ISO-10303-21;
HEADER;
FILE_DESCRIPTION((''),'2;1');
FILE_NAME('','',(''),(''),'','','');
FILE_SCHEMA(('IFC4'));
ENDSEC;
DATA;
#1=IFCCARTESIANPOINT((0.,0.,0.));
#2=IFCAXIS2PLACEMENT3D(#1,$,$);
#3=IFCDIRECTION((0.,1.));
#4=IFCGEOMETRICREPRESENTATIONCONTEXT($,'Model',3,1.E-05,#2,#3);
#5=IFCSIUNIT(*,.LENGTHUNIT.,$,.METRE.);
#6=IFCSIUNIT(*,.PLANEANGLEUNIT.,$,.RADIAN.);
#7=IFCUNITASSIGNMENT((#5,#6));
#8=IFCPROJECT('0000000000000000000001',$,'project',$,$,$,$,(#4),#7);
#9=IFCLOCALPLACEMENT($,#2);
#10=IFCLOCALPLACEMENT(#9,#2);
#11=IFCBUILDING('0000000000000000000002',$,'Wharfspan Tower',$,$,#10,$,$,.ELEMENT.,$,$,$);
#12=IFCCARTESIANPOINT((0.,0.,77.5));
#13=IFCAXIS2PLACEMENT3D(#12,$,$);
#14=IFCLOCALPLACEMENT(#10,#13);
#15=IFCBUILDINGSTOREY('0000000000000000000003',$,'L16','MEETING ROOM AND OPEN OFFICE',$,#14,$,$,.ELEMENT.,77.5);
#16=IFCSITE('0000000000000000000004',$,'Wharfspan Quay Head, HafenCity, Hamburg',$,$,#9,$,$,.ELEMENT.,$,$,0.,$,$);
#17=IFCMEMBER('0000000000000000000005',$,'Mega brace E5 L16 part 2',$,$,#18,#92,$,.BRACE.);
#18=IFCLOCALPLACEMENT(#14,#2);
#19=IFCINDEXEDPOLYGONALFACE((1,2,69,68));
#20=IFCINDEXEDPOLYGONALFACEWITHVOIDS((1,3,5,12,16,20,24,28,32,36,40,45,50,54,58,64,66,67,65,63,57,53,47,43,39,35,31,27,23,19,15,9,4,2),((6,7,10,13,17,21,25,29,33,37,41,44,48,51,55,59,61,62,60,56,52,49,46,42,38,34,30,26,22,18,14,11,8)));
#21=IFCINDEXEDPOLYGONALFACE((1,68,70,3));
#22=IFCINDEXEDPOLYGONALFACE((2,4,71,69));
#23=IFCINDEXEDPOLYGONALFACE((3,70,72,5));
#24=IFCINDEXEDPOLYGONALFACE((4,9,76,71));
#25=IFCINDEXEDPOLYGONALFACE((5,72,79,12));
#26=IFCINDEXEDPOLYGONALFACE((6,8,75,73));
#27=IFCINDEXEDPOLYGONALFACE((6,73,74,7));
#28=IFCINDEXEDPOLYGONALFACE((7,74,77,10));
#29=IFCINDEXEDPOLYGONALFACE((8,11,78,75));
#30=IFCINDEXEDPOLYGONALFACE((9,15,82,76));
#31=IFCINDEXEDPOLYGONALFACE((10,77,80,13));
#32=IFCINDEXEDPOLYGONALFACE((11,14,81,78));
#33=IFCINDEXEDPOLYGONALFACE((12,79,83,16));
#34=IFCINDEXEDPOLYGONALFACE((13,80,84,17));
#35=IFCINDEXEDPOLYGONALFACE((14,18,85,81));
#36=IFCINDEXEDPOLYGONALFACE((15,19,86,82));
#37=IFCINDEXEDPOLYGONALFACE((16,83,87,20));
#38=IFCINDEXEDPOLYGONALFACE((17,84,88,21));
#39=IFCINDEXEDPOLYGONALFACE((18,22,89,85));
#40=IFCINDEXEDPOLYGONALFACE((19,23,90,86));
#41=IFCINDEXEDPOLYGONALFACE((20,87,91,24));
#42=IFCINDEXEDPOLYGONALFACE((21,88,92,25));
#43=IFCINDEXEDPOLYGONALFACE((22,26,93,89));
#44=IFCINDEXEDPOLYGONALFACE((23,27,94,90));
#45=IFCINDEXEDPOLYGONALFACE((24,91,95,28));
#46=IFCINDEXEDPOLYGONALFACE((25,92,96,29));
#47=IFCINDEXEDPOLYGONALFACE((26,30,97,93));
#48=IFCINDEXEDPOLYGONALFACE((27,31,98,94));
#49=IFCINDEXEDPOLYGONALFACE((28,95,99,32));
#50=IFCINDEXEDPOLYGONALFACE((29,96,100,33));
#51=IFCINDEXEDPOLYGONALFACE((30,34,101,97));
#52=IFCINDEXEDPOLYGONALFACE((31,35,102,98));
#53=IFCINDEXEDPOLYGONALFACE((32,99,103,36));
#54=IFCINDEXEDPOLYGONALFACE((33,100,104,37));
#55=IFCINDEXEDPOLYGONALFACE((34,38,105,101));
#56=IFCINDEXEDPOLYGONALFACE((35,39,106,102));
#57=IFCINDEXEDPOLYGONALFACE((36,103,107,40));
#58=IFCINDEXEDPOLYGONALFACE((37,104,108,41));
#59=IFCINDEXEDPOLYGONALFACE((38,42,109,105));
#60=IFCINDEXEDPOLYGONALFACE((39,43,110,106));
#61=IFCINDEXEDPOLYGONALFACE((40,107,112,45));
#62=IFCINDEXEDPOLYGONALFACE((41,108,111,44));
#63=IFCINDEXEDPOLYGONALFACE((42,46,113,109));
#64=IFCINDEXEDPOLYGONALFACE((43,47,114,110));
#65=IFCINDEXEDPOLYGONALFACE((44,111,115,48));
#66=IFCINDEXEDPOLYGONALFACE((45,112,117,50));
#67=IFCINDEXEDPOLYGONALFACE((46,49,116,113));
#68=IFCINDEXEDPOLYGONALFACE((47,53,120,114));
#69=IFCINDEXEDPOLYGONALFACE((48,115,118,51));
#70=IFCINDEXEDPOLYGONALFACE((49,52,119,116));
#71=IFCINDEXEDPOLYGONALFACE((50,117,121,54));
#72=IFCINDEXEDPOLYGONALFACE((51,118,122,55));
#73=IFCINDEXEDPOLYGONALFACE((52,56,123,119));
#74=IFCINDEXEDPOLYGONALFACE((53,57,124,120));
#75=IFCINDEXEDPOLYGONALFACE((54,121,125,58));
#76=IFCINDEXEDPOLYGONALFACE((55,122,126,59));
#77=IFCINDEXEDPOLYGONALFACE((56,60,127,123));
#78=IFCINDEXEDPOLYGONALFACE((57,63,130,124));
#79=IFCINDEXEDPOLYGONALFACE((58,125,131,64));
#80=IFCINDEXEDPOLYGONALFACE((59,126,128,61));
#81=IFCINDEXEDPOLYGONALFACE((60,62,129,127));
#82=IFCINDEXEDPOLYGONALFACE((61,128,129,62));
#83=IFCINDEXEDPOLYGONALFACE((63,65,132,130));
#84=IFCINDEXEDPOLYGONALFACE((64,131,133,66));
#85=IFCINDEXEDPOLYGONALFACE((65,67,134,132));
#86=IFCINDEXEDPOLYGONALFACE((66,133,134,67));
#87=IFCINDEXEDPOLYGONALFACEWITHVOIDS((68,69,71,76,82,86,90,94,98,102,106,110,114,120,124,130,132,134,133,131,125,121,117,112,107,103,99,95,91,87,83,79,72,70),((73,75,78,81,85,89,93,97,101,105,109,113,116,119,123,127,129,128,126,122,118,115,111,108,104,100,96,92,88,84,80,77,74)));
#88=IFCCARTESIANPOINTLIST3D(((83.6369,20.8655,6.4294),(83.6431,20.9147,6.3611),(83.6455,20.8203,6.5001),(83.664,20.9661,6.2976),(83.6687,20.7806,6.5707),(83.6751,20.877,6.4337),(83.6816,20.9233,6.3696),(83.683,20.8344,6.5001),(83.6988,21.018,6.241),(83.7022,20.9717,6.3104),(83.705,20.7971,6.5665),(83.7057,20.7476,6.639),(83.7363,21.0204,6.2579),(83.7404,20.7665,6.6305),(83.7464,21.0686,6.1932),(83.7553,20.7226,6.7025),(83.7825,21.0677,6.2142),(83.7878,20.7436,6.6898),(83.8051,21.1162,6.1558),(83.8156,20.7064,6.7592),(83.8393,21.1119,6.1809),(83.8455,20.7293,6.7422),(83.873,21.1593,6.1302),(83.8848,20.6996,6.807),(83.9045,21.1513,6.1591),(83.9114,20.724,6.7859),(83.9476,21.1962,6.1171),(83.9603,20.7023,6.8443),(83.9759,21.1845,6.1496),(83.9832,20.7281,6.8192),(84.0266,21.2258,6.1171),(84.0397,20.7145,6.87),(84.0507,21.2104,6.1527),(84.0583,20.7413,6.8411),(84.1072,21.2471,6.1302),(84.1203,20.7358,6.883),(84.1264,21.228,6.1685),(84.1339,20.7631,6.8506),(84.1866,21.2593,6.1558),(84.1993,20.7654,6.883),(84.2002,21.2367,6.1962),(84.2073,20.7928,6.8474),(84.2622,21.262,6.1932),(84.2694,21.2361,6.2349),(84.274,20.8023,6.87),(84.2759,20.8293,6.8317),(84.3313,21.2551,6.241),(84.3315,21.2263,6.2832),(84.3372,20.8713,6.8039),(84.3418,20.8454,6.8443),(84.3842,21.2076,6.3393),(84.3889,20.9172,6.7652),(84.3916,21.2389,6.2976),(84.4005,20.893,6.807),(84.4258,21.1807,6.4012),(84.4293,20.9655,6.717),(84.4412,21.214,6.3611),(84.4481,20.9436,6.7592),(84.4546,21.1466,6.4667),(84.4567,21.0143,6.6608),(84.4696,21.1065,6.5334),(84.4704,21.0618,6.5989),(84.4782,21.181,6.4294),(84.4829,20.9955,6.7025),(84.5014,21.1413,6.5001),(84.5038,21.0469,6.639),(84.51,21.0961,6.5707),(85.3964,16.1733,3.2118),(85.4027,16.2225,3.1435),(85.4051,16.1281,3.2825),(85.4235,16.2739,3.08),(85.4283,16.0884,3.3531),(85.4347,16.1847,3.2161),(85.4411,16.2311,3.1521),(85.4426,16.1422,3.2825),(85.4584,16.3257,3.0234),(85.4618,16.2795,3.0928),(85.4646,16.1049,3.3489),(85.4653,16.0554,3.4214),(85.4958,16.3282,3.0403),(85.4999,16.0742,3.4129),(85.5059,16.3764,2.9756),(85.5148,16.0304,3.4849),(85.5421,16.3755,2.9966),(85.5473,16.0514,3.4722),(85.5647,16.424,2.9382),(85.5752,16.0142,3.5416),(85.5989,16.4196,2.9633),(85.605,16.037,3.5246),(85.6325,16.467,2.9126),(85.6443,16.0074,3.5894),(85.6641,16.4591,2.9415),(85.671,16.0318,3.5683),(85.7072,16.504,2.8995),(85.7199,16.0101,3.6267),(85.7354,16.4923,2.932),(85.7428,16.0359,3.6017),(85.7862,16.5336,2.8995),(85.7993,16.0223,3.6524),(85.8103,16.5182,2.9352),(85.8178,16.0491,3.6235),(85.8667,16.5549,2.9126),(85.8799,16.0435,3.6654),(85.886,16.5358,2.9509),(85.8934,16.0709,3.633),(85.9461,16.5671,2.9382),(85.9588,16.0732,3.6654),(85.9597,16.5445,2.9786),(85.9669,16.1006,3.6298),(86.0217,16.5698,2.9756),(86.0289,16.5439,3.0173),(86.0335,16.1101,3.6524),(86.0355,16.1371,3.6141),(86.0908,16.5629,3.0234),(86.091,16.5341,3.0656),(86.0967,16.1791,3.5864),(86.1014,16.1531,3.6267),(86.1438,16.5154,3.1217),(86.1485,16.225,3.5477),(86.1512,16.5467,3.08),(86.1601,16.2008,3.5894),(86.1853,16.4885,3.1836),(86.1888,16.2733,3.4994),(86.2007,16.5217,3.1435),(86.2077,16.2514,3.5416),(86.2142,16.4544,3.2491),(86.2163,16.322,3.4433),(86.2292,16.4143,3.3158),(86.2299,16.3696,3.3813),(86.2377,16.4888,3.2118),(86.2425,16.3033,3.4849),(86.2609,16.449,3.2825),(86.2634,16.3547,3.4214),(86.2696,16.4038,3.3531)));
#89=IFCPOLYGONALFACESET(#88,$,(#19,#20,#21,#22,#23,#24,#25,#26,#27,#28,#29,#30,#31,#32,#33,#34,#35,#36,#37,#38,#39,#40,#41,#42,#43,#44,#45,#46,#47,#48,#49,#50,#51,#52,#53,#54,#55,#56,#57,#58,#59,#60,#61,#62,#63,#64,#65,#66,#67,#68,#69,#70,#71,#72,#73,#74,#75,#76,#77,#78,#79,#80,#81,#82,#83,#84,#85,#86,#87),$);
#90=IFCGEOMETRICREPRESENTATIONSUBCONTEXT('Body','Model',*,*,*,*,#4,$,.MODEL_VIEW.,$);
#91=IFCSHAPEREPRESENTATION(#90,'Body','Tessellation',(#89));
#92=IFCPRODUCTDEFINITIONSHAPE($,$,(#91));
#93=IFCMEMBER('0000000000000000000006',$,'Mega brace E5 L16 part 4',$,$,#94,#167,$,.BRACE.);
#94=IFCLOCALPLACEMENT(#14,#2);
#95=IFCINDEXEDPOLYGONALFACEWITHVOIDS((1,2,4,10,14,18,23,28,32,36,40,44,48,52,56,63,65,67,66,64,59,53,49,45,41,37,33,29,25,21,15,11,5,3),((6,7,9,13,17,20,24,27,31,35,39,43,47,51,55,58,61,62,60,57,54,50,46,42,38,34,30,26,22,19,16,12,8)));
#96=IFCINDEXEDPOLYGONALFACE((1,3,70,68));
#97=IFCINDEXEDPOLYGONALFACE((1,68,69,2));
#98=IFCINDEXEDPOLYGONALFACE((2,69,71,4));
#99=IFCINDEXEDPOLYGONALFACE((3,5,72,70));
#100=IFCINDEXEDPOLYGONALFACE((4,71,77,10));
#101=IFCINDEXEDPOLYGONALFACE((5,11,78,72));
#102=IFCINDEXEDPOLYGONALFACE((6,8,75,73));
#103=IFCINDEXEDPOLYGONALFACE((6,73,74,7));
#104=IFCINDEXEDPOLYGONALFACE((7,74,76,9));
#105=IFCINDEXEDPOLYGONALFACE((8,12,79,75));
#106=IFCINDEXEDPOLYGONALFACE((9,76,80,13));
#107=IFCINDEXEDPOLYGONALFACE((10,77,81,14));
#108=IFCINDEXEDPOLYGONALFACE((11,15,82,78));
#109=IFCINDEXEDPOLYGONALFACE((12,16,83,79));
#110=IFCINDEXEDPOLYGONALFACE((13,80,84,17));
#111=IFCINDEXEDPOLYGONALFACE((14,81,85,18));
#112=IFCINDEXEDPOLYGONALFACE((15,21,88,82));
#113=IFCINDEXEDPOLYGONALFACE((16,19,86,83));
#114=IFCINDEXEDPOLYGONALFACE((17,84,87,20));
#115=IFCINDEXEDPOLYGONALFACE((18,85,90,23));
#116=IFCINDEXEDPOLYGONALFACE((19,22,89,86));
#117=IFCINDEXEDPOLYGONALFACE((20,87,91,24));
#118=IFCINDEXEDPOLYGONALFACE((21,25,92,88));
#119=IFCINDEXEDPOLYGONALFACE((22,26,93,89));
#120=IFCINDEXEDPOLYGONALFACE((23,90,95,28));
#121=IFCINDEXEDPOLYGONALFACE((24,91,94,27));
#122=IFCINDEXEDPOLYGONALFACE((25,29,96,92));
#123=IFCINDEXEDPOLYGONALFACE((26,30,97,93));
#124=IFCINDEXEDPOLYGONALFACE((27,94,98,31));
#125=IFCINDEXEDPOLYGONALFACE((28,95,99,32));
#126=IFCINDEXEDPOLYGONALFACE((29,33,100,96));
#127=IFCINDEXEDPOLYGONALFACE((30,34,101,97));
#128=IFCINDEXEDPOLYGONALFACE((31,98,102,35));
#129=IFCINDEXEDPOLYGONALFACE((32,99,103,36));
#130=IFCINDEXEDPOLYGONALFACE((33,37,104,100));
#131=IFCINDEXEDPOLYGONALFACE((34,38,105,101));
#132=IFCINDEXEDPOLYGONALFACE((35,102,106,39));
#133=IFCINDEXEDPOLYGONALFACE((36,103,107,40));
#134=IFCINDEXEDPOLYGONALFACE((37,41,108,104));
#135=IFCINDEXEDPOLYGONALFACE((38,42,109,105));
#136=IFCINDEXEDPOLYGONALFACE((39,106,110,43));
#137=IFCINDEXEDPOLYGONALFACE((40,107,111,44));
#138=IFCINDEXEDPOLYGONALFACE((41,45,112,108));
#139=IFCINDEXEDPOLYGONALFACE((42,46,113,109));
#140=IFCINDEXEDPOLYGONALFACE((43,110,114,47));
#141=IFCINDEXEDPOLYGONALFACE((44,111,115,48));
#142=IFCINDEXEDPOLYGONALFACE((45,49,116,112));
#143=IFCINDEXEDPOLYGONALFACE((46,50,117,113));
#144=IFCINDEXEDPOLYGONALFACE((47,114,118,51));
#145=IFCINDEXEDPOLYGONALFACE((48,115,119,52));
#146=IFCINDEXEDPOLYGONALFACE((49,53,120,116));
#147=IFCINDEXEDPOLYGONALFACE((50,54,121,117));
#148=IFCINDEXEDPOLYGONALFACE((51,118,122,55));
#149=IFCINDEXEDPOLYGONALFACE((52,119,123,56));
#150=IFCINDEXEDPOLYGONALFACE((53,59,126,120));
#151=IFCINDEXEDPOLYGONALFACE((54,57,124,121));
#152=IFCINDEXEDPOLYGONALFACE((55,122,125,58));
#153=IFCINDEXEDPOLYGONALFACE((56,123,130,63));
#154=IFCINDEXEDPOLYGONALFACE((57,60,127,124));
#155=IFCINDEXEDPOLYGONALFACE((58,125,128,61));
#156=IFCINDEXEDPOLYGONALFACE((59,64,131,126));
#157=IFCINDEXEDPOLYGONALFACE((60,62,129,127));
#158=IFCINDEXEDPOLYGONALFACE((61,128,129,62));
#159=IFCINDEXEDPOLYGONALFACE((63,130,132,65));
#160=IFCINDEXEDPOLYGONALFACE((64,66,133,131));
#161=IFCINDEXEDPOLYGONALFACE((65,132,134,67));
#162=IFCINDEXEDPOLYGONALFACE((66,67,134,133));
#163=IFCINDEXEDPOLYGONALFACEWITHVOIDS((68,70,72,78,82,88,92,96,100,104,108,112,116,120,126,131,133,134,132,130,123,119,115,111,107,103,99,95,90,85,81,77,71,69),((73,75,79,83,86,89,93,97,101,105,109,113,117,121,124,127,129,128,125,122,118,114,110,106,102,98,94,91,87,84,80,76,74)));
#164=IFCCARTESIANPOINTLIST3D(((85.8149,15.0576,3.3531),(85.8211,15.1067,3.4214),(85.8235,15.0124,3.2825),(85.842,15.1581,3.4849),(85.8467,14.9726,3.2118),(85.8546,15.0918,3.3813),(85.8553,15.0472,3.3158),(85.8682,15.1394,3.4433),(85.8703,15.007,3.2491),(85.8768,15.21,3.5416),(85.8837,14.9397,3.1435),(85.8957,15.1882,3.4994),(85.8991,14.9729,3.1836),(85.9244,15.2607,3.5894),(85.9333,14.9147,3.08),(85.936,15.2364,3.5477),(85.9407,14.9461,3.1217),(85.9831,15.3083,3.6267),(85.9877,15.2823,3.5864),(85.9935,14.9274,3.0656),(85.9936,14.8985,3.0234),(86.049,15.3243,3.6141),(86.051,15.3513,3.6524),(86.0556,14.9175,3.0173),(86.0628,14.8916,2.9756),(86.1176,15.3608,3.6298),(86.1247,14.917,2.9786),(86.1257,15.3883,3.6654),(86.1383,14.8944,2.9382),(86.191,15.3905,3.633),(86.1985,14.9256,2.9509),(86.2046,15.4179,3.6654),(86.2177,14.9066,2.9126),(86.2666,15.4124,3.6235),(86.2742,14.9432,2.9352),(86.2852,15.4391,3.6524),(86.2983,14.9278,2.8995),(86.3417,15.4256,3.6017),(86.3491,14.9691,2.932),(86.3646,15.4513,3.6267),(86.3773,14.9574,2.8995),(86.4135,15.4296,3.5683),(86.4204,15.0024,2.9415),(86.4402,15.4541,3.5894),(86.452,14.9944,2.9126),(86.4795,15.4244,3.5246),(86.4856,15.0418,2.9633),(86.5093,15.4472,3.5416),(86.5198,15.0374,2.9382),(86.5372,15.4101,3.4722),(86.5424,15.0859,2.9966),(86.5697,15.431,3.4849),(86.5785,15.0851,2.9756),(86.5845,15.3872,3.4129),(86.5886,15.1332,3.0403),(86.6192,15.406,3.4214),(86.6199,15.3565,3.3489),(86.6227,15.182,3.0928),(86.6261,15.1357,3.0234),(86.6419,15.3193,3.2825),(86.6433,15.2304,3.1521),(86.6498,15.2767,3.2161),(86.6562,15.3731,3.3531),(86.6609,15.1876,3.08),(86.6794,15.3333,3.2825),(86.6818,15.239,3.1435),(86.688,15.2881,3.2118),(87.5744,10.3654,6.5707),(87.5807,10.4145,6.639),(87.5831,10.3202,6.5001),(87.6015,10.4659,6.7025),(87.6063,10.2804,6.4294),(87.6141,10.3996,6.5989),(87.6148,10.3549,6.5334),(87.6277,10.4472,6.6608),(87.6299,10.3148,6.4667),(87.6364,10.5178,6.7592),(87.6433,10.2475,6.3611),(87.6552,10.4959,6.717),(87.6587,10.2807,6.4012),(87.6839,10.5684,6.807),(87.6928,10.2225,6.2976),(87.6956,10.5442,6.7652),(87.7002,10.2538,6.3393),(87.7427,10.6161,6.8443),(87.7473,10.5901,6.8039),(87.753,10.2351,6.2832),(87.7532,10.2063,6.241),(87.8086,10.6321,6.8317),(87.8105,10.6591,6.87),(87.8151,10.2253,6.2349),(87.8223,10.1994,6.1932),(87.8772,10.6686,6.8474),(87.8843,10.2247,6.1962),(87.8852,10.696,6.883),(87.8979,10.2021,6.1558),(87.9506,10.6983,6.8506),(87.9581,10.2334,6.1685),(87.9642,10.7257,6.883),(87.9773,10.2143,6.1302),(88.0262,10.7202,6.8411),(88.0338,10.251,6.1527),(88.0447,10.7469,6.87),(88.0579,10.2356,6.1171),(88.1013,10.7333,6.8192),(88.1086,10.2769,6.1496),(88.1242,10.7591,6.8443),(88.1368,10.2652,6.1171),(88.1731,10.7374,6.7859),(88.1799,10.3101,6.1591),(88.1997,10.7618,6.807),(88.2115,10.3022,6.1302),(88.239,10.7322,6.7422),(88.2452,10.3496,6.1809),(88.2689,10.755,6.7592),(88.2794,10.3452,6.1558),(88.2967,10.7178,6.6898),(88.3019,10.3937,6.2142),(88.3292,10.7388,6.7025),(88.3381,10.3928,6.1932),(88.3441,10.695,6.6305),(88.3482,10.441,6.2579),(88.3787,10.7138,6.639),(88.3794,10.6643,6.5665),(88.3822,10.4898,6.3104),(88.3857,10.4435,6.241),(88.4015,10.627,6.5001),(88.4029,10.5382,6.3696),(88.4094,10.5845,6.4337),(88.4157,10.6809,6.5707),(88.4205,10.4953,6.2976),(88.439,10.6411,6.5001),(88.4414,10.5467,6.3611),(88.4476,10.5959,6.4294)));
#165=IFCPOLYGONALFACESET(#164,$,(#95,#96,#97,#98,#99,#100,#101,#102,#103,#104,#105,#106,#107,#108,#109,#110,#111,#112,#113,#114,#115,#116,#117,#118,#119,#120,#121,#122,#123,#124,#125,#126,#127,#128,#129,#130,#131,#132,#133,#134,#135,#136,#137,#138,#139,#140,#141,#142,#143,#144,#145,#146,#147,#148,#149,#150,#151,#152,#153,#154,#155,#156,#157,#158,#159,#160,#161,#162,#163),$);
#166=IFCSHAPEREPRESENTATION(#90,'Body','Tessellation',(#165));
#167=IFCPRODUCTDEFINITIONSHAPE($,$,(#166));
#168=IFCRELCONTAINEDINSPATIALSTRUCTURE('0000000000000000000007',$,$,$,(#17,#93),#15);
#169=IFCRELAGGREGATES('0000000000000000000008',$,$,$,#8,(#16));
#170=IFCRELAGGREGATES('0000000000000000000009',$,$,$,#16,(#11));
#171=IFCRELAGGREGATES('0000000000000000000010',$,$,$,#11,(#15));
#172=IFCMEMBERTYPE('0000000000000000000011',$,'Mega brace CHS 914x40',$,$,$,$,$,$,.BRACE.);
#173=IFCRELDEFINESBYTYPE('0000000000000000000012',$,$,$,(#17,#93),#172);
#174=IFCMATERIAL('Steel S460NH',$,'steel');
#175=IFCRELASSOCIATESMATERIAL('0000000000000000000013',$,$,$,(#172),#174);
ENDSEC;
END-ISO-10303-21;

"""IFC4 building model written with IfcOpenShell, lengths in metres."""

from ifc_helpers import new_model, si_unit, direction, frame, origin, origin_2d, place, context, subcontext, project, spatial, hollow_circle, extrude, material, material_profile, profile_set, type_object, element, save


model = new_model("IFC4")

# Units and contexts
model_context = context("Model", 3, precision=1e-05, world=origin(), true_north=direction((0.0, 1.0)))
body_context = subcontext(model_context, "Body", "Model", "MODEL_VIEW")
ifc_project = project(units=[si_unit("LENGTHUNIT", "METRE"), si_unit("PLANEANGLEUNIT", "RADIAN")], contexts=[model_context])

# Site, building, storey
site_placement = place(None, origin())
site = spatial("IfcSite", under=ifc_project, at=site_placement, Name="Wharfspan Quay Head, HafenCity, Hamburg", CompositionType="ELEMENT", RefElevation=0.0)
building_placement = place(site_placement, origin())
building = spatial("IfcBuilding", under=site, at=building_placement, Name="Wharfspan Tower", CompositionType="ELEMENT")
storey_placement = place(building_placement, frame((0.0, 0.0, 77.5)))
storey = spatial("IfcBuildingStorey", under=building, at=storey_placement, Name="L16", Description="MEETING ROOM AND OPEN OFFICE", CompositionType="ELEMENT", Elevation=77.5)

# Members
ifc_material_1 = material(Name="Steel S460NH", Category="steel")
ifc_material_profile_1 = material_profile(ifc_material_1, hollow_circle(Radius=0.457, WallThickness=0.04, at=origin_2d()))
ifc_profile_set_1 = profile_set([ifc_material_profile_1], Name="Steel S460NH")
member_type_1 = type_object("IfcMemberType", Name="Mega brace CHS 914x40", PredefinedType="BRACE", material=ifc_profile_set_1)
for number, where, z_axis, x_axis, name in (
    (1, (85.833, 16.2886, 3.2825), (-0.295459, 0.787904, 0.540288), (-0.936328, -0.351115, -0.000003), "Mega brace E5 L16 part 2"),
    (2, (86.2515, 15.1729, 3.2825), (0.295459, -0.787904, 0.540288), (0.936328, 0.351115, -0.000003), "Mega brace E5 L16 part 4"),
):
    element("IfcMember", number, at=place(storey_placement, frame(where, z_axis=z_axis, x_axis=x_axis)), inside=storey, type_object=member_type_1, Name=name, PredefinedType="BRACE", context=body_context, shape_type="SweptSolid", body=[
        extrude(hollow_circle(Radius=0.457, WallThickness=0.04, at=origin_2d()), origin(), (0.0, 0.0, 1.0), 5.9553),
    ])

save(model, "model.ifc")
